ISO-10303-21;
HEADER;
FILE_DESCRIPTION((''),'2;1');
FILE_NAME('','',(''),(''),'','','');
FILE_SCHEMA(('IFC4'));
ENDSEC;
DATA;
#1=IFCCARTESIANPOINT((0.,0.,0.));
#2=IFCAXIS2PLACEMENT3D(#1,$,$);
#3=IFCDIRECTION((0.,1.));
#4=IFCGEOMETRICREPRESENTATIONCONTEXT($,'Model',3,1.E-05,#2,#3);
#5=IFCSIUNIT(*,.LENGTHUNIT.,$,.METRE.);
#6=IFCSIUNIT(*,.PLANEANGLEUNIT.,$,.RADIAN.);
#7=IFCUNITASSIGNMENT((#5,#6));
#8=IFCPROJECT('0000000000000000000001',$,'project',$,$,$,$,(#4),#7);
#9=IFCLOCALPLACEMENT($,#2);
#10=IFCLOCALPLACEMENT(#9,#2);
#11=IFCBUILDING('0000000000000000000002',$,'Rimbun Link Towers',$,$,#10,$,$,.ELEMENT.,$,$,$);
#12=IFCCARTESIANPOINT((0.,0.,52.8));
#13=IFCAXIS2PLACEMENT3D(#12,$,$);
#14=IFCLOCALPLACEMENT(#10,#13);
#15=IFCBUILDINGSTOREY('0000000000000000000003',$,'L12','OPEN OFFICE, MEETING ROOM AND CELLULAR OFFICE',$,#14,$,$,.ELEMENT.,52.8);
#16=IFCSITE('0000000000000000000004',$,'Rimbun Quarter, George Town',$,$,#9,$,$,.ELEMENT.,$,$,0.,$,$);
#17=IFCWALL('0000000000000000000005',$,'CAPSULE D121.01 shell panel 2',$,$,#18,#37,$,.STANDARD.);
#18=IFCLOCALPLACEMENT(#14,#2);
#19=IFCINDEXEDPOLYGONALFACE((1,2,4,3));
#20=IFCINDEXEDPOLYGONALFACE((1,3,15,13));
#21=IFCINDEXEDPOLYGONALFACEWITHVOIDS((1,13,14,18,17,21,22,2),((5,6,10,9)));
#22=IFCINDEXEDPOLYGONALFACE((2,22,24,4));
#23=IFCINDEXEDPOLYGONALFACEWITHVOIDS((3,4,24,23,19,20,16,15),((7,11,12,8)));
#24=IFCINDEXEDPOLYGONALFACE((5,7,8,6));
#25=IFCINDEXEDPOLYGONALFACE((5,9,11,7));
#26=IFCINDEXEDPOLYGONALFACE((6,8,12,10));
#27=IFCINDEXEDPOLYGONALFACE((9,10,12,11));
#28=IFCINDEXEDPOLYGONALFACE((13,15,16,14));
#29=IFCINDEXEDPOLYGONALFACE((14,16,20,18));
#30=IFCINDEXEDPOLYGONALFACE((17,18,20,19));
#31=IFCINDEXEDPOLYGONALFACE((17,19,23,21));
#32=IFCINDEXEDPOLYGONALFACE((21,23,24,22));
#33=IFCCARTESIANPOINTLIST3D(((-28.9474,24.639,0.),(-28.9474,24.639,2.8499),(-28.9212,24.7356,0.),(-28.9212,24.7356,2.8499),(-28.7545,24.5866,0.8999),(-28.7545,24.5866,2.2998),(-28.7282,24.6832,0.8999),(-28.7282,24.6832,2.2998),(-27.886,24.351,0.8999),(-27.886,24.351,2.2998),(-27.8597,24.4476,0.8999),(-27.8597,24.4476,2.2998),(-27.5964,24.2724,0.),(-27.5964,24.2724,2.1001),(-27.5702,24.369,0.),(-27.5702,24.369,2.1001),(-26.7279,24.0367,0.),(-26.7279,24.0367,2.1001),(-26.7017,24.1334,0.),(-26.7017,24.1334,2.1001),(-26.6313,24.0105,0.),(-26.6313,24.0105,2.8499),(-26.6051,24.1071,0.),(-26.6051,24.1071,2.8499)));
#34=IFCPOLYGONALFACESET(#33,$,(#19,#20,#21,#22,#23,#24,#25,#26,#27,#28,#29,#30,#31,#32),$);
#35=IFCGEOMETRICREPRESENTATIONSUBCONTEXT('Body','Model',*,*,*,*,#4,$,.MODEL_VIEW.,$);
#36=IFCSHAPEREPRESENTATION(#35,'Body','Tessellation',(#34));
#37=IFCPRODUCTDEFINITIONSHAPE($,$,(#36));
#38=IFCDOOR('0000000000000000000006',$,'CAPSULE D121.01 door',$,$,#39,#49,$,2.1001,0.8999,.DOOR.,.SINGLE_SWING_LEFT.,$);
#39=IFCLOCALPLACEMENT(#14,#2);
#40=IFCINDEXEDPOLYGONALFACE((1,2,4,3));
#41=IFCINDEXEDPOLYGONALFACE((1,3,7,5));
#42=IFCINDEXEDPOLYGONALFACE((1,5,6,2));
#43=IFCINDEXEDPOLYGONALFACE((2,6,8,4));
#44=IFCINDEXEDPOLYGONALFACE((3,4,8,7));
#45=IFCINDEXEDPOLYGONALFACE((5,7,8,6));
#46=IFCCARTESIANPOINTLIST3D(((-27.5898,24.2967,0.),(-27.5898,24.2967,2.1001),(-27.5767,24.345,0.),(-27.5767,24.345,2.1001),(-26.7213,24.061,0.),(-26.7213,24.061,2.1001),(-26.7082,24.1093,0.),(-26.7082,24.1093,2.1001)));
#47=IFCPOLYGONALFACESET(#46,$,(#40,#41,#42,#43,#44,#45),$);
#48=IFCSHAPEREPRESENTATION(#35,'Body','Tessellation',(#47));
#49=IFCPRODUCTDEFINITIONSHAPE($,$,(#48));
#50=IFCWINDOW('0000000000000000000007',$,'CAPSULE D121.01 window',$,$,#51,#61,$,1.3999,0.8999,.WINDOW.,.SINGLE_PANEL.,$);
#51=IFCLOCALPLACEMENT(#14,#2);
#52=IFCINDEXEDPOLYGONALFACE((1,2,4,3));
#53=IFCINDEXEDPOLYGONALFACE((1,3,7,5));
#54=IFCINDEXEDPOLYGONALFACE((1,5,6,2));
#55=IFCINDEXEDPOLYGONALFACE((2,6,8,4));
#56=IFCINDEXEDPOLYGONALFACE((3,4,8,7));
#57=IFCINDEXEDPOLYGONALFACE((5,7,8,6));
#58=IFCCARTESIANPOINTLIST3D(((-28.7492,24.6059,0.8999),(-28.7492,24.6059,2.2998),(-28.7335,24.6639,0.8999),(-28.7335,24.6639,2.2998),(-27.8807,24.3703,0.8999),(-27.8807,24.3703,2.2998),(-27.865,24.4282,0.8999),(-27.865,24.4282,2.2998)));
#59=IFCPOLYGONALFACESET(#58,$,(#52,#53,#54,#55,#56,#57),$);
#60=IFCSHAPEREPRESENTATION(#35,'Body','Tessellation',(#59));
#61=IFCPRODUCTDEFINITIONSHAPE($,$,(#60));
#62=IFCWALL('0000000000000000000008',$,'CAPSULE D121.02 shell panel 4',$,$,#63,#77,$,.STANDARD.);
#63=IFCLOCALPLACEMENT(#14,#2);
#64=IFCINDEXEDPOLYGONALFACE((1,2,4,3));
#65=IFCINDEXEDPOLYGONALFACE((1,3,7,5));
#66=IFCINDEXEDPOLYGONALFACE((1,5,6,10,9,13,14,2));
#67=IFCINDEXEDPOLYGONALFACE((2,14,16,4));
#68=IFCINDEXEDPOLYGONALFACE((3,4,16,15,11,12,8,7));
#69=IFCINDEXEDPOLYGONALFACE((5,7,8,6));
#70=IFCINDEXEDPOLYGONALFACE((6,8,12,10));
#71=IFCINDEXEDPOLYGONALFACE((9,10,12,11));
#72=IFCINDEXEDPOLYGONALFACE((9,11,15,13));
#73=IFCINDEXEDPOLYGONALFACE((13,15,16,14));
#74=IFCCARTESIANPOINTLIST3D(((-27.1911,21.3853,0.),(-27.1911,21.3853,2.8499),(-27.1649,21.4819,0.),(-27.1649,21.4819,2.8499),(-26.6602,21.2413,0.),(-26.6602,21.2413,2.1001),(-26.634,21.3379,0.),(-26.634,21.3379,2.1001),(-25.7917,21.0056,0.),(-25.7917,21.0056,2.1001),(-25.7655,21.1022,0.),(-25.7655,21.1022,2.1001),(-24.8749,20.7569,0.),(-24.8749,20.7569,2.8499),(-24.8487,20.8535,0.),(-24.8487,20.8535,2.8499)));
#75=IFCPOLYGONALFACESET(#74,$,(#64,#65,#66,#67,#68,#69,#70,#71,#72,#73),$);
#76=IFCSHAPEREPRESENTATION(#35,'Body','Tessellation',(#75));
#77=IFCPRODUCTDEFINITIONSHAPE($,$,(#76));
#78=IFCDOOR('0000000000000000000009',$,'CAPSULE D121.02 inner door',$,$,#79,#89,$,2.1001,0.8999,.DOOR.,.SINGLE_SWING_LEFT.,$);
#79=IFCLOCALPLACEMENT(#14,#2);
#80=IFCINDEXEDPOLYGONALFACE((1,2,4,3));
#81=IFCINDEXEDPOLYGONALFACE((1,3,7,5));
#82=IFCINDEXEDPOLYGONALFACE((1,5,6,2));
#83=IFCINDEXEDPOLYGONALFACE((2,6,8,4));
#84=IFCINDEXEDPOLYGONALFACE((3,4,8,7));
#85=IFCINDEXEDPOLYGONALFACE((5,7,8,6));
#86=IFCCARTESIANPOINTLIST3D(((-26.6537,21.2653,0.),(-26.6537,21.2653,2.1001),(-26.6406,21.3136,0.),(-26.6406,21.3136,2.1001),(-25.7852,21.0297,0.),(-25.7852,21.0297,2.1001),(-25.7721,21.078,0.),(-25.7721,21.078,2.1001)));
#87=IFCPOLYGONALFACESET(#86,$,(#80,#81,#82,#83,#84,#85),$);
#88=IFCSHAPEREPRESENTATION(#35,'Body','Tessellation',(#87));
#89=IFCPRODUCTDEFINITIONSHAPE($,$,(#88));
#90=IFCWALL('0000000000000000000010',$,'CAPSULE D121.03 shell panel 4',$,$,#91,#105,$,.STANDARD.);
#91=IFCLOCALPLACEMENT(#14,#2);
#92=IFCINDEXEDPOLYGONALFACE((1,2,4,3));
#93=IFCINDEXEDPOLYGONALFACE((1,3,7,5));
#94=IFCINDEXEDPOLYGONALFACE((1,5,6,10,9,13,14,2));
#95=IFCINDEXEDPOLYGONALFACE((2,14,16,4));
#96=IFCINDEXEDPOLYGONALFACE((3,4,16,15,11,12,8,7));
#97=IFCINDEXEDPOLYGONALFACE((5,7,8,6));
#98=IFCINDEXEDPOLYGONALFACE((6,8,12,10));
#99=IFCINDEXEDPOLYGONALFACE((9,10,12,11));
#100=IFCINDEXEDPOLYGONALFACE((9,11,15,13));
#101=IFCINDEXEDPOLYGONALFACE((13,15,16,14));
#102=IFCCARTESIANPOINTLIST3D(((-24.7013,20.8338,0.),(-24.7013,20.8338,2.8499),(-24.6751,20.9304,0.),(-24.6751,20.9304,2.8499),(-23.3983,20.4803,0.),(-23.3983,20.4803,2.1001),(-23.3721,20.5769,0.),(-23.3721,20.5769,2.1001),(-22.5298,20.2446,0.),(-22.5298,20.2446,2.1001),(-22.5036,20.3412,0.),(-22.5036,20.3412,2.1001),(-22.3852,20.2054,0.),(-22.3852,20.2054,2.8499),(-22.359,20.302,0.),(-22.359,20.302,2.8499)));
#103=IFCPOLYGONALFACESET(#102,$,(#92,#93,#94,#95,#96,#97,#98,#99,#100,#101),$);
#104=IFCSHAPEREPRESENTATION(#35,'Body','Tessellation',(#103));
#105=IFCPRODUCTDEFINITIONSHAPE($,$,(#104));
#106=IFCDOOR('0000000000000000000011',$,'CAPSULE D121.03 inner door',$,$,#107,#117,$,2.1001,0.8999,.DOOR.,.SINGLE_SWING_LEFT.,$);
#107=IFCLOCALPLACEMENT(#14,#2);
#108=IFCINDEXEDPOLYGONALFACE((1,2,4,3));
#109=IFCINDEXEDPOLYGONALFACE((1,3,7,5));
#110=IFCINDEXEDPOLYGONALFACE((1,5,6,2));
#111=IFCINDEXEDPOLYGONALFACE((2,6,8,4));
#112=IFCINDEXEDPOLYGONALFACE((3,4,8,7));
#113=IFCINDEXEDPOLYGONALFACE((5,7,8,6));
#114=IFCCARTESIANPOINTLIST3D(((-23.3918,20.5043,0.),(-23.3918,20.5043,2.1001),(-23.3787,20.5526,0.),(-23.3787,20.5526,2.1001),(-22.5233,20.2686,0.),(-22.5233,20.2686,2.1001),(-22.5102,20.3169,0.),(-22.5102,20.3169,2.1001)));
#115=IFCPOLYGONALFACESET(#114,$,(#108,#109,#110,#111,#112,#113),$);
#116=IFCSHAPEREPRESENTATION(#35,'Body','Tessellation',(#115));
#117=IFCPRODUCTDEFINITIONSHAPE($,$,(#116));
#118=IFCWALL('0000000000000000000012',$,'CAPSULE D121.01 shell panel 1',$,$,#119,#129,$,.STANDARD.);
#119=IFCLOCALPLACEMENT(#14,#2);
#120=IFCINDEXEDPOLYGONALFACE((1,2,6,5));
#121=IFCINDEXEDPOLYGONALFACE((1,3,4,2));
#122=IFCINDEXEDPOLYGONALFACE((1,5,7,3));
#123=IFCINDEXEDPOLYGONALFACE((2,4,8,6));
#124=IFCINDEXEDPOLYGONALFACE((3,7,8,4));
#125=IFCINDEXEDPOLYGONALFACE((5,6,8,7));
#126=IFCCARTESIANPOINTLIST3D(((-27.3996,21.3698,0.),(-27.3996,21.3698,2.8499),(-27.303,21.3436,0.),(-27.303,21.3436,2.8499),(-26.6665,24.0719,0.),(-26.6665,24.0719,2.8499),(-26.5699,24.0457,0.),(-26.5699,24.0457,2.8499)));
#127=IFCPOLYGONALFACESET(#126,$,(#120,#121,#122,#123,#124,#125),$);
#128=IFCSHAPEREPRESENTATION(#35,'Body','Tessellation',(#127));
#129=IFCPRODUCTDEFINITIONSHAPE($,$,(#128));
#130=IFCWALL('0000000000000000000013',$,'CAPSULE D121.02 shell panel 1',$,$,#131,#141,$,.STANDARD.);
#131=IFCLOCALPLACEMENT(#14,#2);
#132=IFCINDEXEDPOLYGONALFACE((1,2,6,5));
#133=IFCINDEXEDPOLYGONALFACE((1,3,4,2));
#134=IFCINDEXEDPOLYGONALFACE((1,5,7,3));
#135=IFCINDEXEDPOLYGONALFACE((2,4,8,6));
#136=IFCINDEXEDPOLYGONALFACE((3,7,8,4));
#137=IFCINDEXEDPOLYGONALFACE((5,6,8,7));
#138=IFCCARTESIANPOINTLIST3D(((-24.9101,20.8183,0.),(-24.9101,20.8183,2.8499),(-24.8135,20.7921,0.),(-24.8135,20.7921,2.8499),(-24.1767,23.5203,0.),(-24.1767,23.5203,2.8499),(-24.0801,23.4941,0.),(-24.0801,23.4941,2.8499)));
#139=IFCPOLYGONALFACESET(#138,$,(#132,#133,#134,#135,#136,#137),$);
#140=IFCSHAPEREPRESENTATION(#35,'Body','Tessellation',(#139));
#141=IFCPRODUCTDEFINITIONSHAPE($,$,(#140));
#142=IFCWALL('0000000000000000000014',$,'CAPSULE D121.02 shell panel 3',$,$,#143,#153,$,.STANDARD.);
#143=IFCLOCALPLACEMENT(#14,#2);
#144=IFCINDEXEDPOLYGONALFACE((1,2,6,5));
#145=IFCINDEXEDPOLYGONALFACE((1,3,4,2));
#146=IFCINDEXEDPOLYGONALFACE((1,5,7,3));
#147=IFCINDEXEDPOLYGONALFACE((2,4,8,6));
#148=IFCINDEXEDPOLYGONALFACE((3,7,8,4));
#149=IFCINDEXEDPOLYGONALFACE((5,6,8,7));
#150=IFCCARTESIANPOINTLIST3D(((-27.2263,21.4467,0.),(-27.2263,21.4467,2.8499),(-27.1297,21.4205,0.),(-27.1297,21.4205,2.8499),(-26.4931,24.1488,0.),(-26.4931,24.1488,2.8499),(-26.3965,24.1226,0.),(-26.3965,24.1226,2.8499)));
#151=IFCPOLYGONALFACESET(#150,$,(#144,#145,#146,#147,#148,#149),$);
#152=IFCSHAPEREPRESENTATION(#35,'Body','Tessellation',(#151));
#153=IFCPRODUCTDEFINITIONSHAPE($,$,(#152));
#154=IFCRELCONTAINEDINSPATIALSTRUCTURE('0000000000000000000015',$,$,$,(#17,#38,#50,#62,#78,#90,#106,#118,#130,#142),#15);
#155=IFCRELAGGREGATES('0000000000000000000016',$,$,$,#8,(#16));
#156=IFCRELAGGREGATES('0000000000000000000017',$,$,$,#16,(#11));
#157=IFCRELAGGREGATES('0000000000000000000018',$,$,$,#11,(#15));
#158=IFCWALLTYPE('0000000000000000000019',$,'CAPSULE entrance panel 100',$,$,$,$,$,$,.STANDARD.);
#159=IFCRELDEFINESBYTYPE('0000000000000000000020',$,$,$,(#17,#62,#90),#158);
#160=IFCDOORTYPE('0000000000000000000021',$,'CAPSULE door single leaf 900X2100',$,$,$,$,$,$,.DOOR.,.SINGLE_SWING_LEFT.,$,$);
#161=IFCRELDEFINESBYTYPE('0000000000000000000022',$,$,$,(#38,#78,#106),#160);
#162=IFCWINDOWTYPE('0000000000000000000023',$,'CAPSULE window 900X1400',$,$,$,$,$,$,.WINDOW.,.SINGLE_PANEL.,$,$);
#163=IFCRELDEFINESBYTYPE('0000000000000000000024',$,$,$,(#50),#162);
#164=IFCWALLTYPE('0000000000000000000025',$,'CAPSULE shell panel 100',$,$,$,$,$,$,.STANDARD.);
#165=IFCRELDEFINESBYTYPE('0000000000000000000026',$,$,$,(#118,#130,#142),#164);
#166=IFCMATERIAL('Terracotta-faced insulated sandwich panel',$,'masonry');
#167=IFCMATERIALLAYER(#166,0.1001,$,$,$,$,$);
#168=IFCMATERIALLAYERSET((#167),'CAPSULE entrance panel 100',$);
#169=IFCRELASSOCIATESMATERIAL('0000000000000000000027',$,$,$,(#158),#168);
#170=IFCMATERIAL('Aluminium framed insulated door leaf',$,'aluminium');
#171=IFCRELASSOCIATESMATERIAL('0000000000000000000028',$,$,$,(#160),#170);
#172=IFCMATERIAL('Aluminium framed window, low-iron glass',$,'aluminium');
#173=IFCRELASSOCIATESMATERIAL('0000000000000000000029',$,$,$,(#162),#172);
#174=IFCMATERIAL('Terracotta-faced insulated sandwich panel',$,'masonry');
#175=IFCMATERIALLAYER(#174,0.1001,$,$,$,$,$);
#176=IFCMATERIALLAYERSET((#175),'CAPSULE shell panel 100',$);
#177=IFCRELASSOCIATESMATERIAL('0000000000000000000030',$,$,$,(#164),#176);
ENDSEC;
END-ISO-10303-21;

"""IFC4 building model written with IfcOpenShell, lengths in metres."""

from ifc_helpers import new_model, si_unit, direction, frame, frame_2d, origin, place, context, subcontext, project, spatial, rectangle, extrude, material, layer, layer_set, type_object, element, fill, save


model = new_model("IFC4")

# Units and contexts
model_context = context("Model", 3, precision=1e-05, world=origin(), true_north=direction((0.0, 1.0)))
body_context = subcontext(model_context, "Body", "Model", "MODEL_VIEW")
ifc_project = project(units=[si_unit("LENGTHUNIT", "METRE"), si_unit("PLANEANGLEUNIT", "RADIAN")], contexts=[model_context])

# Site, building, storey
site_placement = place(None, origin())
site = spatial("IfcSite", under=ifc_project, at=site_placement, Name="Rimbun Quarter, George Town", CompositionType="ELEMENT", RefElevation=0.0)
building_placement = place(site_placement, origin())
building = spatial("IfcBuilding", under=site, at=building_placement, Name="Rimbun Link Towers", CompositionType="ELEMENT")
storey_placement = place(building_placement, frame((0.0, 0.0, 52.8)))
storey = spatial("IfcBuildingStorey", under=building, at=storey_placement, Name="L12", Description="OPEN OFFICE, MEETING ROOM AND CELLULAR OFFICE", CompositionType="ELEMENT", Elevation=52.8)

# Wall, openings, door, window
ifc_material_1 = material(Name="Terracotta-faced insulated sandwich panel", Category="masonry")
ifc_layer_1 = layer(ifc_material_1, 0.1001)
ifc_layer_set_1 = layer_set([ifc_layer_1], Name="CAPSULE entrance panel 100")
wall_type_1 = type_object("IfcWallType", Name="CAPSULE entrance panel 100", PredefinedType="STANDARD", material=ifc_layer_set_1)
wall_1_placement = place(storey_placement, frame((-26.6182, 24.0588, 0.0), z_axis=(0.0, 0.0, 1.0), x_axis=(-0.965108, 0.261852, 0.0)))
wall_1 = element("IfcWall", 1, at=wall_1_placement, inside=storey, type_object=wall_type_1, Name="CAPSULE D121.01 shell panel 2", PredefinedType="STANDARD", context=body_context, shape_type="SweptSolid", body=[
    extrude(rectangle(XDim=2.3999, YDim=0.1001, at=frame_2d((1.2, 0.0))), origin(), (0.0, 0.0, 1.0), 2.8499),
])
opening_1_placement = place(wall_1_placement, frame((0.1001, 0.0, 0.0)))
opening_1 = element("IfcOpeningElement", 2, at=opening_1_placement, cuts=wall_1, PredefinedType="OPENING", context=body_context, shape_type="SweptSolid", body=[
    extrude(rectangle(XDim=0.8999, YDim=2.1001, at=frame_2d((0.45, 1.05))), frame((0.0, 0.0601, 0.0), z_axis=(0.0, -1.0, 0.0), x_axis=(1.0, 0.0, 0.0)), (0.0, 0.0, 1.0), 0.1201),
])
opening_2_placement = place(wall_1_placement, frame((1.3, 0.0, 0.8999)))
opening_2 = element("IfcOpeningElement", 3, at=opening_2_placement, cuts=wall_1, PredefinedType="OPENING", context=body_context, shape_type="SweptSolid", body=[
    extrude(rectangle(XDim=0.8999, YDim=1.3999, at=frame_2d((0.45, 0.7))), frame((0.0, 0.0601, 0.0), z_axis=(0.0, -1.0, 0.0), x_axis=(1.0, 0.0, 0.0)), (0.0, 0.0, 1.0), 0.1201),
])
ifc_material_2 = material(Name="Aluminium framed insulated door leaf", Category="aluminium")
door_type_1 = type_object("IfcDoorType", Name="CAPSULE door single leaf 900X2100", OperationType="SINGLE_SWING_LEFT", PredefinedType="DOOR", material=ifc_material_2)
door_1_placement = place(opening_1_placement, origin())
door_1 = element("IfcDoor", 4, at=door_1_placement, inside=storey, type_object=door_type_1, Name="CAPSULE D121.01 door", OperationType="SINGLE_SWING_LEFT", OverallHeight=2.1001, OverallWidth=0.8999, PredefinedType="DOOR", context=body_context, shape_type="SweptSolid", body=[
    extrude(rectangle(XDim=0.8999, YDim=2.1001, at=frame_2d((0.45, 1.05))), frame((0.0, 0.0249, 0.0), z_axis=(0.0, -1.0, 0.0), x_axis=(1.0, 0.0, 0.0)), (0.0, 0.0, 1.0), 0.05),
])
fill(opening_1, door_1)
ifc_material_3 = material(Name="Aluminium framed window, low-iron glass", Category="aluminium")
window_type = type_object("IfcWindowType", Name="CAPSULE window 900X1400", PartitioningType="SINGLE_PANEL", PredefinedType="WINDOW", material=ifc_material_3)
window_placement = place(opening_2_placement, origin())
window = element("IfcWindow", 5, at=window_placement, inside=storey, type_object=window_type, Name="CAPSULE D121.01 window", OverallHeight=1.3999, OverallWidth=0.8999, PartitioningType="SINGLE_PANEL", PredefinedType="WINDOW", context=body_context, shape_type="SweptSolid", body=[
    extrude(rectangle(XDim=0.8999, YDim=1.3999, at=frame_2d((0.45, 0.7))), frame((0.0, 0.03, 0.0), z_axis=(0.0, -1.0, 0.0), x_axis=(1.0, 0.0, 0.0)), (0.0, 0.0, 1.0), 0.0601),
])
fill(opening_2, window)

# Walls, openings, doors
wall_2_placement = place(storey_placement, frame((-27.178, 21.4336, 0.0), z_axis=(0.0, 0.0, 1.0), x_axis=(0.965108, -0.261852, 0.0)))
wall_2 = element("IfcWall", 6, at=wall_2_placement, inside=storey, type_object=wall_type_1, Name="CAPSULE D121.02 shell panel 4", PredefinedType="STANDARD", context=body_context, shape_type="SweptSolid", body=[
    extrude(rectangle(XDim=2.3999, YDim=0.1001, at=frame_2d((1.2, 0.0))), origin(), (0.0, 0.0, 1.0), 2.8499),
])
opening_3_placement = place(wall_2_placement, frame((0.55, 0.0, 0.0)))
opening_3 = element("IfcOpeningElement", 7, at=opening_3_placement, cuts=wall_2, PredefinedType="OPENING", context=body_context, shape_type="SweptSolid", body=[
    extrude(rectangle(XDim=0.8999, YDim=2.1001, at=frame_2d((0.45, 1.05))), frame((0.0, 0.0601, 0.0), z_axis=(0.0, -1.0, 0.0), x_axis=(1.0, 0.0, 0.0)), (0.0, 0.0, 1.0), 0.1201),
])
door_2_placement = place(opening_3_placement, origin())
door_2 = element("IfcDoor", 8, at=door_2_placement, inside=storey, type_object=door_type_1, Name="CAPSULE D121.02 inner door", OperationType="SINGLE_SWING_LEFT", OverallHeight=2.1001, OverallWidth=0.8999, PredefinedType="DOOR", context=body_context, shape_type="SweptSolid", body=[
    extrude(rectangle(XDim=0.8999, YDim=2.1001, at=frame_2d((0.45, 1.05))), frame((0.0, 0.0249, 0.0), z_axis=(0.0, -1.0, 0.0), x_axis=(1.0, 0.0, 0.0)), (0.0, 0.0, 1.0), 0.05),
])
fill(opening_3, door_2)
wall_3_placement = place(storey_placement, frame((-24.6882, 20.8821, 0.0), z_axis=(0.0, 0.0, 1.0), x_axis=(0.965108, -0.261852, 0.0)))
wall_3 = element("IfcWall", 9, at=wall_3_placement, inside=storey, type_object=wall_type_1, Name="CAPSULE D121.03 shell panel 4", PredefinedType="STANDARD", context=body_context, shape_type="SweptSolid", body=[
    extrude(rectangle(XDim=2.3999, YDim=0.1001, at=frame_2d((1.2, 0.0))), origin(), (0.0, 0.0, 1.0), 2.8499),
])
opening_4_placement = place(wall_3_placement, frame((1.3501, 0.0, 0.0)))
opening_4 = element("IfcOpeningElement", 10, at=opening_4_placement, cuts=wall_3, PredefinedType="OPENING", context=body_context, shape_type="SweptSolid", body=[
    extrude(rectangle(XDim=0.8999, YDim=2.1001, at=frame_2d((0.45, 1.05))), frame((0.0, 0.0601, 0.0), z_axis=(0.0, -1.0, 0.0), x_axis=(1.0, 0.0, 0.0)), (0.0, 0.0, 1.0), 0.1201),
])
door_3_placement = place(opening_4_placement, origin())
door_3 = element("IfcDoor", 11, at=door_3_placement, inside=storey, type_object=door_type_1, Name="CAPSULE D121.03 inner door", OperationType="SINGLE_SWING_LEFT", OverallHeight=2.1001, OverallWidth=0.8999, PredefinedType="DOOR", context=body_context, shape_type="SweptSolid", body=[
    extrude(rectangle(XDim=0.8999, YDim=2.1001, at=frame_2d((0.45, 1.05))), frame((0.0, 0.0249, 0.0), z_axis=(0.0, -1.0, 0.0), x_axis=(1.0, 0.0, 0.0)), (0.0, 0.0, 1.0), 0.05),
])
fill(opening_4, door_3)

# Walls
ifc_material_4 = material(Name="Terracotta-faced insulated sandwich panel", Category="masonry")
ifc_layer_2 = layer(ifc_material_4, 0.1001)
ifc_layer_set_2 = layer_set([ifc_layer_2], Name="CAPSULE shell panel 100")
wall_type_2 = type_object("IfcWallType", Name="CAPSULE shell panel 100", PredefinedType="STANDARD", material=ifc_layer_set_2)
for number, where, z_axis, x_axis, name in (
    (12, (-27.3513, 21.3567, 0.0), (0.0, 0.0, 1.0), (0.261855, 0.965107, 0.0), "CAPSULE D121.01 shell panel 1"),
    (13, (-24.8618, 20.8052, 0.0), (0.0, 0.0, 1.0), (0.261937, 0.965085, 0.0), "CAPSULE D121.02 shell panel 1"),
    (14, (-26.4448, 24.1357, 0.0), (0.0, 0.0, 1.0), (-0.261855, -0.965107, 0.0), "CAPSULE D121.02 shell panel 3"),
):
    element("IfcWall", number, at=place(storey_placement, frame(where, z_axis=z_axis, x_axis=x_axis)), inside=storey, type_object=wall_type_2, Name=name, PredefinedType="STANDARD", context=body_context, shape_type="SweptSolid", body=[
        extrude(rectangle(XDim=2.7998, YDim=0.1001, at=frame_2d((1.3999, 0.0))), origin(), (0.0, 0.0, 1.0), 2.8499),
    ])

save(model, "model.ifc")
